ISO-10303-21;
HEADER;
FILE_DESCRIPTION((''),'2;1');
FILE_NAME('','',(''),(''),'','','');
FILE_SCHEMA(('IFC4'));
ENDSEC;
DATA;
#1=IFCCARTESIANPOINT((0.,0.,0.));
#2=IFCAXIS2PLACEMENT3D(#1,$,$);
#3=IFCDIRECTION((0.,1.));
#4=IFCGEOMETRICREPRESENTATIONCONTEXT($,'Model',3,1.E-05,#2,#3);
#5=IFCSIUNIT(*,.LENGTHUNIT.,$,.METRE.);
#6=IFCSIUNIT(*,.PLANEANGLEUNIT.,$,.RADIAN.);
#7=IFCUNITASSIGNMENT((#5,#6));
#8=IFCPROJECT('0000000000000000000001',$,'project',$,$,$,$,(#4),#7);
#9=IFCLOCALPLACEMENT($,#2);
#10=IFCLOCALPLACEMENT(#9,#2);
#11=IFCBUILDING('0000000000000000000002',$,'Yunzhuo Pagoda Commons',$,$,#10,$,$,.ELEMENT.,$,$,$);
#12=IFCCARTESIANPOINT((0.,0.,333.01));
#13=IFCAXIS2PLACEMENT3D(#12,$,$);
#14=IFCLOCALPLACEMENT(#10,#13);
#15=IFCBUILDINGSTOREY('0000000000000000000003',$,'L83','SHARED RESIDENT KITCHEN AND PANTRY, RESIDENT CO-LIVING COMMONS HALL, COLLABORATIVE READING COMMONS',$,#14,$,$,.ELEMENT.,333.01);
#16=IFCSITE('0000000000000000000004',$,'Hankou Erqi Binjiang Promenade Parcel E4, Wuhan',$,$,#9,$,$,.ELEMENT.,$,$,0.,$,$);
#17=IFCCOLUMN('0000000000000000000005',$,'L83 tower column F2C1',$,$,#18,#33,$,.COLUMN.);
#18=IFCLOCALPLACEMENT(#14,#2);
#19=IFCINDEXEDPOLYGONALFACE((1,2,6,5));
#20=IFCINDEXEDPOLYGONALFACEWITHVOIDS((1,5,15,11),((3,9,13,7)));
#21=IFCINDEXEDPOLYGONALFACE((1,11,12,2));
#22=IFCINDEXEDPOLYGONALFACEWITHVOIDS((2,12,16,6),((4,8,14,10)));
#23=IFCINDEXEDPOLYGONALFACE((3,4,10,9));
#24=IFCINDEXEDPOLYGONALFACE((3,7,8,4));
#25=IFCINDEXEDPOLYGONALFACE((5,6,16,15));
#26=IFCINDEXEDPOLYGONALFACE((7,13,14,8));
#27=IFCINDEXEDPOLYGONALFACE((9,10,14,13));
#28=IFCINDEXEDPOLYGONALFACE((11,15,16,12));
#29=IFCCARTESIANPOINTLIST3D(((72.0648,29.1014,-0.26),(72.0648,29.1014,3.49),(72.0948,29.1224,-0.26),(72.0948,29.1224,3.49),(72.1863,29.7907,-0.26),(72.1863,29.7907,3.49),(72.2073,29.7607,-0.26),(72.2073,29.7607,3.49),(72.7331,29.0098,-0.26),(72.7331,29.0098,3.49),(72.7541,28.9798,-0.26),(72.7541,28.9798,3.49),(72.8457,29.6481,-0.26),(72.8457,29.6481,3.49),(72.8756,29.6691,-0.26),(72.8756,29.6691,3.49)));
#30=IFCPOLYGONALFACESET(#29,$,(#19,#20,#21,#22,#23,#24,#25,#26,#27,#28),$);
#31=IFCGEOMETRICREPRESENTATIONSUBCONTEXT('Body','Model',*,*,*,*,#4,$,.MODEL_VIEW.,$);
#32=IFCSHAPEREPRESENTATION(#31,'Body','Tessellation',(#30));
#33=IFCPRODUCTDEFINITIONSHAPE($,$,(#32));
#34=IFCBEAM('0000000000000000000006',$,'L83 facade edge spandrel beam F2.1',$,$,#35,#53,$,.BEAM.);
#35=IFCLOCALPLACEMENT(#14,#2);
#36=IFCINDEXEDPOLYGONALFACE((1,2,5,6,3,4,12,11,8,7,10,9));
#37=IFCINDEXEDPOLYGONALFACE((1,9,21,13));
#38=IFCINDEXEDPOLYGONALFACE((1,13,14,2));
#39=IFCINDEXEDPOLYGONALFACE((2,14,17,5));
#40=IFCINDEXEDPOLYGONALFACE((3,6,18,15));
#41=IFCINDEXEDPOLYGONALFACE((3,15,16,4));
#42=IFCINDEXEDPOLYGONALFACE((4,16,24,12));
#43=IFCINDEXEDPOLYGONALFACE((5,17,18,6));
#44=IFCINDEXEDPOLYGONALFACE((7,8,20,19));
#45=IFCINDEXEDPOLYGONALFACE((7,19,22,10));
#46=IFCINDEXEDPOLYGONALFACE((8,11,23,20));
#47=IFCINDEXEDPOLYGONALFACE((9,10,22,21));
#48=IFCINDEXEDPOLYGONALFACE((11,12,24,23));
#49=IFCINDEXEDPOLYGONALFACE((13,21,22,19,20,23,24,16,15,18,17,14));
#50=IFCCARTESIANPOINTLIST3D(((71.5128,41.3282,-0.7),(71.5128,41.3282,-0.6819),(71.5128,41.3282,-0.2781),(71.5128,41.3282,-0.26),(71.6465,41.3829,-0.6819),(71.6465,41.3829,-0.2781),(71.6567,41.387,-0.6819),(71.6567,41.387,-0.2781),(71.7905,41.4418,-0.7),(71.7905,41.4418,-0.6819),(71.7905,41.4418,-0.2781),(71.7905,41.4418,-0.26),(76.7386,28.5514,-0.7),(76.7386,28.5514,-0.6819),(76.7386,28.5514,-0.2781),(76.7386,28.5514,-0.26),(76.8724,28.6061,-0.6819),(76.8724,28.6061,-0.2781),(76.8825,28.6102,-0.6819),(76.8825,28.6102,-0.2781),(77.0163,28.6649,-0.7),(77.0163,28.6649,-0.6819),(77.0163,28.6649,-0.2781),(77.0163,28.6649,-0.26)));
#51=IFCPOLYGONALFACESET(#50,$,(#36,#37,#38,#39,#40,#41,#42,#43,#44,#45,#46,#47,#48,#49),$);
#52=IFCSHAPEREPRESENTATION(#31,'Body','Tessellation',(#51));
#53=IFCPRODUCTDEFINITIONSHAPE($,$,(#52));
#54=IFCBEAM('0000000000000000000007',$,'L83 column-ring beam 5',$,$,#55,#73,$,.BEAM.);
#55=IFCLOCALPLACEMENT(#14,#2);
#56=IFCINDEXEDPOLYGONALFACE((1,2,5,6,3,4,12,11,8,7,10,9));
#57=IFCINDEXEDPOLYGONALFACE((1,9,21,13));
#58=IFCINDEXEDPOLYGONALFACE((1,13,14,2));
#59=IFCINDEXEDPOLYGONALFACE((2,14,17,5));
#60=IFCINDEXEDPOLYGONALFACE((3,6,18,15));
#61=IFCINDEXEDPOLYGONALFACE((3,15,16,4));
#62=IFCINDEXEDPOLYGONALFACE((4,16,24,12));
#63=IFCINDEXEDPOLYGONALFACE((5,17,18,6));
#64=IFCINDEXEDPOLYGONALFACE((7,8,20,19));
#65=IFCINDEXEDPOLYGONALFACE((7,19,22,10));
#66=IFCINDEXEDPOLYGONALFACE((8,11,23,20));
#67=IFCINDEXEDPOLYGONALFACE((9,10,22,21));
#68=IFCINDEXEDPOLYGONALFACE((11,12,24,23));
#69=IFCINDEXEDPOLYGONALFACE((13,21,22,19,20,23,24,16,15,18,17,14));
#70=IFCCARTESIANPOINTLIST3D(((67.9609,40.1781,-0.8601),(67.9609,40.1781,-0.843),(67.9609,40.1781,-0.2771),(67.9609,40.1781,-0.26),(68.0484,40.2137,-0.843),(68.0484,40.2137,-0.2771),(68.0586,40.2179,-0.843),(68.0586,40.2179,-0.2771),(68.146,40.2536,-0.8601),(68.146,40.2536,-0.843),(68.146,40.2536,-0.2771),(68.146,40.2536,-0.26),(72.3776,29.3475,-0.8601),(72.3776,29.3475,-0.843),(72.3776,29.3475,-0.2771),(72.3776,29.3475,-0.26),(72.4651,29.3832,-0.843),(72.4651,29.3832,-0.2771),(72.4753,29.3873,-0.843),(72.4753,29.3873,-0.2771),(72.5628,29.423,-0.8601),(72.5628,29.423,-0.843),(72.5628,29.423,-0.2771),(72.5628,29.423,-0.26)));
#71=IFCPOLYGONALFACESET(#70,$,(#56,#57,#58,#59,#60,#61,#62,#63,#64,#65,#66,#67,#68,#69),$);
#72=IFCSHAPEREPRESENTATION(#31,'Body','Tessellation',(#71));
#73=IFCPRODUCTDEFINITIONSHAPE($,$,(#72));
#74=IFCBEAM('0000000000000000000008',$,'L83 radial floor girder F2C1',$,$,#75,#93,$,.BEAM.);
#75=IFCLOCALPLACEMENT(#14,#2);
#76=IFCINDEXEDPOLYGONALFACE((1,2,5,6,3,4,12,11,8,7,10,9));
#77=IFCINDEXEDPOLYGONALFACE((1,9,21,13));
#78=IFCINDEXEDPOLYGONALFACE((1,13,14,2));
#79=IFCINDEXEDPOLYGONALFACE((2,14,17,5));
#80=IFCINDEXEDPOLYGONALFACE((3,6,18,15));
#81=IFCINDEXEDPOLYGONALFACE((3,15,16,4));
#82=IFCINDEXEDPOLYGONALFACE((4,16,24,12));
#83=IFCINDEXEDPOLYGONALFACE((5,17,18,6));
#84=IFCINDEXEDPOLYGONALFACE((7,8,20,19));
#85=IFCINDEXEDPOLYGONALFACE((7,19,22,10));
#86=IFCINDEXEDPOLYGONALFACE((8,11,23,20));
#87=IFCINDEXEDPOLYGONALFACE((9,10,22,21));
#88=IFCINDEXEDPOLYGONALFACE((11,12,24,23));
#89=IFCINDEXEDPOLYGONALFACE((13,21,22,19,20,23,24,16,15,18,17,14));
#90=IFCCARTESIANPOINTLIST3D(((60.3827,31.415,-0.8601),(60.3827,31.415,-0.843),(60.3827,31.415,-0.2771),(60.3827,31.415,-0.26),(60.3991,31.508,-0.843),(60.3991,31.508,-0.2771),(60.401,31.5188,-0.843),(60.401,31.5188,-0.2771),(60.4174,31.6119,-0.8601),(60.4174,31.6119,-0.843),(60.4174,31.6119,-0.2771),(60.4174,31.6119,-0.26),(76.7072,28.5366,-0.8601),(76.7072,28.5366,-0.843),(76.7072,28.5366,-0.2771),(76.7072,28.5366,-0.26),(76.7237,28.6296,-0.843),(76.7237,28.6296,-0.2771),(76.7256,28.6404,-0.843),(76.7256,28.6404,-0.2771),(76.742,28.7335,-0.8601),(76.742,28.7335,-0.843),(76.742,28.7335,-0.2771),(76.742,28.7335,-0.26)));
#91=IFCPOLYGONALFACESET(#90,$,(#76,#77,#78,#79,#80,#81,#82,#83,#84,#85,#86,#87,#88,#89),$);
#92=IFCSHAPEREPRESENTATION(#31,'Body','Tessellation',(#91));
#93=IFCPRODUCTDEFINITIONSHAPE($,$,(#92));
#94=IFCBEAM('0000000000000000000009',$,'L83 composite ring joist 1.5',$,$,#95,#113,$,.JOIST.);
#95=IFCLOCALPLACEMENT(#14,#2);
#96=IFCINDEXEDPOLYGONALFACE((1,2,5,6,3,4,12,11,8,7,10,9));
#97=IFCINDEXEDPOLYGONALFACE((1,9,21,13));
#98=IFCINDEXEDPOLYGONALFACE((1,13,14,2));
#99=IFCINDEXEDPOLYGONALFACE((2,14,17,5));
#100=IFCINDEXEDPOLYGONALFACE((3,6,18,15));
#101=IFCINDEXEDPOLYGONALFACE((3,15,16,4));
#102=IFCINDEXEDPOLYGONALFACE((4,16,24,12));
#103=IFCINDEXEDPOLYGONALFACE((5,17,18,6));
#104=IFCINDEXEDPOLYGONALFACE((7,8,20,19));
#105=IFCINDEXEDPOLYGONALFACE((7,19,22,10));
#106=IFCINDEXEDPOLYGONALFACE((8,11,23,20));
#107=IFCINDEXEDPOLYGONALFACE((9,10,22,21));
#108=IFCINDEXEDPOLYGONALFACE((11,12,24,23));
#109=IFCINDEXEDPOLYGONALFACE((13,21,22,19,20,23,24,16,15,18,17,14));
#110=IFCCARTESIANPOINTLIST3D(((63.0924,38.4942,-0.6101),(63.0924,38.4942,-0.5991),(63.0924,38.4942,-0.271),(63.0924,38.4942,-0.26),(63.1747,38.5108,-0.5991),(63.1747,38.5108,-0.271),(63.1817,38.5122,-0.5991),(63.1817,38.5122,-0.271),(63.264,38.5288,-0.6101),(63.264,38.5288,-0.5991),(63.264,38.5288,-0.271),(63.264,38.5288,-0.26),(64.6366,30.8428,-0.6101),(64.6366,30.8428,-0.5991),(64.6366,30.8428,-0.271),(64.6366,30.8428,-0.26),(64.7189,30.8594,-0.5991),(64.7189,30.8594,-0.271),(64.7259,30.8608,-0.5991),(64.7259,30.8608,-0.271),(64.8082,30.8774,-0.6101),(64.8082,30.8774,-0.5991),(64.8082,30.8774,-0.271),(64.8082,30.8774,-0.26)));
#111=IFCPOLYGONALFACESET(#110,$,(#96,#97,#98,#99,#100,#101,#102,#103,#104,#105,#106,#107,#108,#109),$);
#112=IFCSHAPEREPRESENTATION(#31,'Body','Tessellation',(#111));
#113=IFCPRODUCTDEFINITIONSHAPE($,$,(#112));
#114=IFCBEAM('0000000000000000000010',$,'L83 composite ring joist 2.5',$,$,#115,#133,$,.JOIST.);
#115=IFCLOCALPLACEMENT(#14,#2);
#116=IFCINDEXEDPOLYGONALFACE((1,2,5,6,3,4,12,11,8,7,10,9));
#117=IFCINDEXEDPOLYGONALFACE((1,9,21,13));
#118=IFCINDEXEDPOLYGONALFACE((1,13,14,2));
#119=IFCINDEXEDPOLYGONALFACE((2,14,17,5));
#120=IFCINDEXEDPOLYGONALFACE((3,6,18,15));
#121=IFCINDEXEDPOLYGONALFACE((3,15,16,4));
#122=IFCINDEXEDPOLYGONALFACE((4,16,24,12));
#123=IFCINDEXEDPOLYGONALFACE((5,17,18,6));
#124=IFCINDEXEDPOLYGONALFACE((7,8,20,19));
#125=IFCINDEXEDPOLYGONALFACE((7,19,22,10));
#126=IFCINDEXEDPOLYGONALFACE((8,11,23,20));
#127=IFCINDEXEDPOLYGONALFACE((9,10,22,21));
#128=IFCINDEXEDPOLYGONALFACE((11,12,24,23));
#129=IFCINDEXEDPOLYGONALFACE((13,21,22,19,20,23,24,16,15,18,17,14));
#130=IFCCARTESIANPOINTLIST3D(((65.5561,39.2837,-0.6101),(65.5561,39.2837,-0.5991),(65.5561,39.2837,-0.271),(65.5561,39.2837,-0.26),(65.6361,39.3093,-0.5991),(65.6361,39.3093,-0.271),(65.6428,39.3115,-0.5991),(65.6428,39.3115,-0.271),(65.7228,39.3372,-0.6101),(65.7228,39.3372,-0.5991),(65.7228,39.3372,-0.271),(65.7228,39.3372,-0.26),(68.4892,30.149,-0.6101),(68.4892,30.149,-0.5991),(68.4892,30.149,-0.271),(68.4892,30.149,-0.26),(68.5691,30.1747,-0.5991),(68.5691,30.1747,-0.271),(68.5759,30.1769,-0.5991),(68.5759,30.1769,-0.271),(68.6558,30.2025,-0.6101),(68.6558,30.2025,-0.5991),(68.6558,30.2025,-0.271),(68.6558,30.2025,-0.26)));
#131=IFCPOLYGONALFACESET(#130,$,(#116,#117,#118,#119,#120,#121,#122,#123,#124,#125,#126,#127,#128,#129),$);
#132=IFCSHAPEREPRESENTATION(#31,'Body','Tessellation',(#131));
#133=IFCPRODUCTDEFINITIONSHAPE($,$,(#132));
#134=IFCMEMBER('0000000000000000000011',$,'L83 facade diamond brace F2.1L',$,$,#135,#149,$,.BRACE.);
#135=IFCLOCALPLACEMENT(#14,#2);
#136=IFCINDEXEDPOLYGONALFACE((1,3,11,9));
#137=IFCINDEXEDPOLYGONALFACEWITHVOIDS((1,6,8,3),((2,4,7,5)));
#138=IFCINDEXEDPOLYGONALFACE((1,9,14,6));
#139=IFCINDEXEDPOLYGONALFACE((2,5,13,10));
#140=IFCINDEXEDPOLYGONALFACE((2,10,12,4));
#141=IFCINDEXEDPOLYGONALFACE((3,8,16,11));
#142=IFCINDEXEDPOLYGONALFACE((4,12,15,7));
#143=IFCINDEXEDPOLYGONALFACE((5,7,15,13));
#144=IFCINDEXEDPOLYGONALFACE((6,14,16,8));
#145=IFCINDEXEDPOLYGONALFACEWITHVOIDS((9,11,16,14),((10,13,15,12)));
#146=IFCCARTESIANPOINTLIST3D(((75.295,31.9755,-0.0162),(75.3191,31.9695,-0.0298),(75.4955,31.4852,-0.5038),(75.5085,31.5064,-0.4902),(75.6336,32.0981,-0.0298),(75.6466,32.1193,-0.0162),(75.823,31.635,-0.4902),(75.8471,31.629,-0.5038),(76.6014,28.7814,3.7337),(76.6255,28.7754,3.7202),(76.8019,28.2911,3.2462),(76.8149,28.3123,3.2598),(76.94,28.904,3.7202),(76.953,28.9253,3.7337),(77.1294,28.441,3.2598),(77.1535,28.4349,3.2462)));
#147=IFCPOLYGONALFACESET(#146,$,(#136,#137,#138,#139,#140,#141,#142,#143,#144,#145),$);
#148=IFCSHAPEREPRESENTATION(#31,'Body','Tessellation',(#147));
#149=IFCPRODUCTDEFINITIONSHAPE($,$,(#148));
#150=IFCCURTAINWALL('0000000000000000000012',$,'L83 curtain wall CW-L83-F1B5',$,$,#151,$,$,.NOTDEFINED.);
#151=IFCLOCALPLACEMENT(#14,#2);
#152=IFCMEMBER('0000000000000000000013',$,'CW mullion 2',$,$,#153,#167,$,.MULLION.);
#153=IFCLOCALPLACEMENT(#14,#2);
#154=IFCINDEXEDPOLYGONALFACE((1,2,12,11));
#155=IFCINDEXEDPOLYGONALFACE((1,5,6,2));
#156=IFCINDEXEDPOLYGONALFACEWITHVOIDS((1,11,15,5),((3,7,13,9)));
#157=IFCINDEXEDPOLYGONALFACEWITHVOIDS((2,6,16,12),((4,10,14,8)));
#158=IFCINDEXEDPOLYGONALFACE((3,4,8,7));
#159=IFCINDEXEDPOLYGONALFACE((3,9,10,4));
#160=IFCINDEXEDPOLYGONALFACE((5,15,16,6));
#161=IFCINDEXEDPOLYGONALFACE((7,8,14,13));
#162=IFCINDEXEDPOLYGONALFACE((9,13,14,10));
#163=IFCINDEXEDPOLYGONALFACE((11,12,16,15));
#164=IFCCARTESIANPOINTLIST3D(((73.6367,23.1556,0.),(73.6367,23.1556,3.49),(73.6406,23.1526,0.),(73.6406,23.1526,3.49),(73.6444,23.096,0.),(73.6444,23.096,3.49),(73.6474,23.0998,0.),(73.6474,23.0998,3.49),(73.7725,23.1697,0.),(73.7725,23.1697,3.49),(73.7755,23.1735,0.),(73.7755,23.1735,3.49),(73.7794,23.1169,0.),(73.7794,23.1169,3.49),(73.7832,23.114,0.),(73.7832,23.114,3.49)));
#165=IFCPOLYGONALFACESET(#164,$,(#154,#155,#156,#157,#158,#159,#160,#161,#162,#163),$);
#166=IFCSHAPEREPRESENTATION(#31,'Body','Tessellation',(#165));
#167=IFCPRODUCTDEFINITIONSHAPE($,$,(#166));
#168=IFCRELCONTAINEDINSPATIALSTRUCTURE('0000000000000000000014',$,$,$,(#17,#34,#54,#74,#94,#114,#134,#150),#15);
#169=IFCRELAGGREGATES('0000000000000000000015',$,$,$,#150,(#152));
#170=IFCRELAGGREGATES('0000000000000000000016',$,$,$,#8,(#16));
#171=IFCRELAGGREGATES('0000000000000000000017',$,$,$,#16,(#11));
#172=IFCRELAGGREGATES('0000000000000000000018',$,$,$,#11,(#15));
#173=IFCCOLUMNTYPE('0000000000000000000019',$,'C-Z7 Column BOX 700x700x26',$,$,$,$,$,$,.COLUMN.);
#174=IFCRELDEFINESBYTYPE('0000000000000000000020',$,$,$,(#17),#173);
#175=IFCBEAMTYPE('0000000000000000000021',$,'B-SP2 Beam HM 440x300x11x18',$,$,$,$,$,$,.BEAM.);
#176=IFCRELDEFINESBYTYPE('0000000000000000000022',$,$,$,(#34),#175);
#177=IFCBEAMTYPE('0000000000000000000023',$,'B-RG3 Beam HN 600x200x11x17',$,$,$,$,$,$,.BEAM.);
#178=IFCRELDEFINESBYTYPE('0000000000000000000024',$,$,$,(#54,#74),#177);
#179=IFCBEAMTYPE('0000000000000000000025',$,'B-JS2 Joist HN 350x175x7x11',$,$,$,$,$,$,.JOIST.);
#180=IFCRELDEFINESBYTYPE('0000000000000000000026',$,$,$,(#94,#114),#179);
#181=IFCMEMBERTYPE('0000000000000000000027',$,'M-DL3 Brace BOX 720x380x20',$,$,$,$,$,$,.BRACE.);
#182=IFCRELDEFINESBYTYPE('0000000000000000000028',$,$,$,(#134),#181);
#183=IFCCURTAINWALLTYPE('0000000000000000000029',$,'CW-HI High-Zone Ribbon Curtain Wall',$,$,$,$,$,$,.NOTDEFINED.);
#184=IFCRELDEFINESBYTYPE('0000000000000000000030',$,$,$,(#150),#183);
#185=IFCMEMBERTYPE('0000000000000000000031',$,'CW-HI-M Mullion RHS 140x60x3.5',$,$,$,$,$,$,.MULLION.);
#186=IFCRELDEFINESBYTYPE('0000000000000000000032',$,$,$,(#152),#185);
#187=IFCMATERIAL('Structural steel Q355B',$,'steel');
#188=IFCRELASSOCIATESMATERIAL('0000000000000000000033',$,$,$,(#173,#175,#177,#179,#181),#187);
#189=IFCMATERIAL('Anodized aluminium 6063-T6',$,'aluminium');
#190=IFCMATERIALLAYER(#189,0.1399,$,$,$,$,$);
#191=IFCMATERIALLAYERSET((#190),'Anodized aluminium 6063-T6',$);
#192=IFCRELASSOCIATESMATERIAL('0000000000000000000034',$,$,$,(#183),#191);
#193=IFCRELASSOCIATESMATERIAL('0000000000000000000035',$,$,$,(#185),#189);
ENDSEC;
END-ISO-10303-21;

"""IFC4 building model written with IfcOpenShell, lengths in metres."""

from ifc_helpers import new_model, si_unit, direction, frame, origin, origin_2d, place, context, subcontext, project, spatial, hollow_rectangle, i_section, extrude, source, transform, mapped, material, layer, layer_set, material_profile, profile_set, type_object, element, aggregate, save


model = new_model("IFC4")

# Units and contexts
model_context = context("Model", 3, precision=1e-05, world=origin(), true_north=direction((0.0, 1.0)))
body_context = subcontext(model_context, "Body", "Model", "MODEL_VIEW")
ifc_project = project(units=[si_unit("LENGTHUNIT", "METRE"), si_unit("PLANEANGLEUNIT", "RADIAN")], contexts=[model_context])

# Site, building, storey
site_placement = place(None, origin())
site = spatial("IfcSite", under=ifc_project, at=site_placement, Name="Hankou Erqi Binjiang Promenade Parcel E4, Wuhan", CompositionType="ELEMENT", RefElevation=0.0)
building_placement = place(site_placement, origin())
building = spatial("IfcBuilding", under=site, at=building_placement, Name="Yunzhuo Pagoda Commons", CompositionType="ELEMENT")
storey_placement = place(building_placement, frame((0.0, 0.0, 333.01)))
storey = spatial("IfcBuildingStorey", under=building, at=storey_placement, Name="L83", Description="SHARED RESIDENT KITCHEN AND PANTRY, RESIDENT CO-LIVING COMMONS HALL, COLLABORATIVE READING COMMONS", CompositionType="ELEMENT", Elevation=333.01)

# Column
ifc_material_1 = material(Name="Structural steel Q355B", Category="steel")
ifc_material_profile_1 = material_profile(ifc_material_1, hollow_rectangle(XDim=0.7, YDim=0.7, WallThickness=0.0259, at=origin_2d()), Name="Structural steel Q355B")
ifc_profile_set_1 = profile_set([ifc_material_profile_1], Name="Structural steel Q355B")
column_type = type_object("IfcColumnType", Name="C-Z7 Column BOX 700x700x26", PredefinedType="COLUMN", material=ifc_profile_set_1)
shared_shape_1 = source(origin(), body_context, "Body", "SweptSolid", [
    extrude(hollow_rectangle(XDim=0.7, YDim=0.7, WallThickness=0.0259, at=origin_2d()), origin(), (0.0, 0.0, 1.0), 3.75),
])
column_placement = place(storey_placement, frame((72.4702, 29.3853, -0.26), z_axis=(0.0, 0.0, 1.0), x_axis=(0.173648, 0.984808, 0.0)))
element("IfcColumn", 1, at=column_placement, inside=storey, type_object=column_type, Name="L83 tower column F2C1", PredefinedType="COLUMN", context=body_context, shape_type="MappedRepresentation", body=[
    mapped(shared_shape_1, transform((0.0, 0.0, 0.0), scale=1.0)),
])

# Beams
ifc_material_profile_2 = material_profile(ifc_material_1, i_section(OverallWidth=0.3, OverallDepth=0.4399, WebThickness=0.011, FlangeThickness=0.0181, at=origin_2d()), Name="Structural steel Q355B")
ifc_profile_set_2 = profile_set([ifc_material_profile_2], Name="Structural steel Q355B")
beam_type_1 = type_object("IfcBeamType", Name="B-SP2 Beam HM 440x300x11x18", PredefinedType="BEAM", material=ifc_profile_set_2)
shared_shape_2 = source(origin(), body_context, "Body", "SweptSolid", [
    extrude(i_section(OverallWidth=0.3, OverallDepth=0.4399, WebThickness=0.011, FlangeThickness=0.0181, at=origin_2d()), origin(), (0.0, 0.0, 1.0), 13.8042),
])
beam_1_placement = place(storey_placement, frame((76.8774, 28.6082, -0.48), z_axis=(-0.378567, 0.925574, 0.0), x_axis=(-0.925574, -0.378567, 0.0)))
element("IfcBeam", 2, at=beam_1_placement, inside=storey, type_object=beam_type_1, Name="L83 facade edge spandrel beam F2.1", PredefinedType="BEAM", context=body_context, shape_type="MappedRepresentation", body=[
    mapped(shared_shape_2, transform((0.0, 0.0, 0.0), scale=1.0)),
])
ifc_material_profile_3 = material_profile(ifc_material_1, i_section(OverallWidth=0.2, OverallDepth=0.6001, WebThickness=0.011, FlangeThickness=0.0171, at=origin_2d()), Name="Structural steel Q355B")
ifc_profile_set_3 = profile_set([ifc_material_profile_3], Name="Structural steel Q355B")
beam_type_2 = type_object("IfcBeamType", Name="B-RG3 Beam HN 600x200x11x17", PredefinedType="BEAM", material=ifc_profile_set_3)
shared_shape_3 = source(origin(), body_context, "Body", "SweptSolid", [
    extrude(i_section(OverallWidth=0.2, OverallDepth=0.6001, WebThickness=0.011, FlangeThickness=0.0171, at=origin_2d()), origin(), (0.0, 0.0, 1.0), 11.6965),
])
beam_2_placement = place(storey_placement, frame((72.4702, 29.3853, -0.5601), z_axis=(-0.377612, 0.925964, 0.0), x_axis=(-0.925964, -0.377612, 0.0)))
element("IfcBeam", 3, at=beam_2_placement, inside=storey, type_object=beam_type_2, Name="L83 column-ring beam 5", PredefinedType="BEAM", context=body_context, shape_type="MappedRepresentation", body=[
    mapped(shared_shape_3, transform((0.0, 0.0, 0.0), scale=1.0)),
])
shared_shape_4 = source(origin(), body_context, "Body", "SweptSolid", [
    extrude(i_section(OverallWidth=0.2, OverallDepth=0.6001, WebThickness=0.011, FlangeThickness=0.0171, at=origin_2d()), origin(), (0.0, 0.0, 1.0), 16.5764),
])
beam_3_placement = place(storey_placement, frame((76.7246, 28.635, -0.5601), z_axis=(-0.984808, 0.173644, 0.0), x_axis=(-0.173644, -0.984808, 0.0)))
element("IfcBeam", 4, at=beam_3_placement, inside=storey, type_object=beam_type_2, Name="L83 radial floor girder F2C1", PredefinedType="BEAM", context=body_context, shape_type="MappedRepresentation", body=[
    mapped(shared_shape_4, transform((0.0, 0.0, 0.0), scale=1.0)),
])
ifc_material_profile_4 = material_profile(ifc_material_1, i_section(OverallWidth=0.175, OverallDepth=0.3501, WebThickness=0.0071, FlangeThickness=0.011, at=origin_2d()), Name="Structural steel Q355B")
ifc_profile_set_4 = profile_set([ifc_material_profile_4], Name="Structural steel Q355B")
beam_type_3 = type_object("IfcBeamType", Name="B-JS2 Joist HN 350x175x7x11", PredefinedType="JOIST", material=ifc_profile_set_4)
shared_shape_5 = source(origin(), body_context, "Body", "SweptSolid", [
    extrude(i_section(OverallWidth=0.175, OverallDepth=0.3501, WebThickness=0.0071, FlangeThickness=0.011, at=origin_2d()), origin(), (0.0, 0.0, 1.0), 7.8057),
])
beam_4_placement = place(storey_placement, frame((64.7224, 30.8601, -0.4351), z_axis=(-0.19783, 0.980236, 0.0), x_axis=(-0.980236, -0.19783, 0.0)))
element("IfcBeam", 5, at=beam_4_placement, inside=storey, type_object=beam_type_3, Name="L83 composite ring joist 1.5", PredefinedType="JOIST", context=body_context, shape_type="MappedRepresentation", body=[
    mapped(shared_shape_5, transform((0.0, 0.0, 0.0), scale=1.0)),
])
shared_shape_6 = source(origin(), body_context, "Body", "SweptSolid", [
    extrude(i_section(OverallWidth=0.175, OverallDepth=0.3501, WebThickness=0.0071, FlangeThickness=0.011, at=origin_2d()), origin(), (0.0, 0.0, 1.0), 9.594),
])
beam_5_placement = place(storey_placement, frame((68.5725, 30.1758, -0.4351), z_axis=(-0.305719, 0.952122, 0.0), x_axis=(-0.952122, -0.305719, 0.0)))
element("IfcBeam", 6, at=beam_5_placement, inside=storey, type_object=beam_type_3, Name="L83 composite ring joist 2.5", PredefinedType="JOIST", context=body_context, shape_type="MappedRepresentation", body=[
    mapped(shared_shape_6, transform((0.0, 0.0, 0.0), scale=1.0)),
])

# Member
ifc_material_profile_5 = material_profile(ifc_material_1, hollow_rectangle(XDim=0.3799, YDim=0.72, WallThickness=0.02, at=origin_2d()), Name="Structural steel Q355B")
ifc_profile_set_5 = profile_set([ifc_material_profile_5], Name="Structural steel Q355B")
member_type_1 = type_object("IfcMemberType", Name="M-DL3 Brace BOX 720x380x20", PredefinedType="BRACE", material=ifc_profile_set_5)
shared_shape_7 = source(origin(), body_context, "Body", "SweptSolid", [
    extrude(hollow_rectangle(XDim=0.3799, YDim=0.72, WallThickness=0.02, at=origin_2d()), origin(), (0.0, 0.0, 1.0), 5.0962),
])
member_1_placement = place(storey_placement, frame((75.571, 31.8022, -0.26), z_axis=(0.256346, -0.626758, 0.73584), x_axis=(0.925575, 0.378564, 0.0)))
element("IfcMember", 7, at=member_1_placement, inside=storey, type_object=member_type_1, Name="L83 facade diamond brace F2.1L", PredefinedType="BRACE", context=body_context, shape_type="MappedRepresentation", body=[
    mapped(shared_shape_7, transform((0.0, 0.0, 0.0), scale=1.0)),
])

# Curtain wall, member
ifc_material_2 = material(Name="Anodized aluminium 6063-T6", Category="aluminium")
ifc_layer_1 = layer(ifc_material_2, 0.1399)
ifc_layer_set_1 = layer_set([ifc_layer_1], Name="Anodized aluminium 6063-T6")
curtain_wall_type = type_object("IfcCurtainWallType", Name="CW-HI High-Zone Ribbon Curtain Wall", PredefinedType="NOTDEFINED", material=ifc_layer_set_1)
curtain_wall_1_placement = place(storey_placement, origin())
curtain_wall_1 = element("IfcCurtainWall", 8, at=curtain_wall_1_placement, inside=storey, type_object=curtain_wall_type, Name="L83 curtain wall CW-L83-F1B5", PredefinedType="NOTDEFINED")
ifc_material_profile_6 = material_profile(ifc_material_2, hollow_rectangle(XDim=0.0601, YDim=0.1399, WallThickness=0.0034, at=origin_2d()), Name="Anodized aluminium 6063-T6")
ifc_profile_set_6 = profile_set([ifc_material_profile_6], Name="Anodized aluminium 6063-T6")
member_type_2 = type_object("IfcMemberType", Name="CW-HI-M Mullion RHS 140x60x3.5", PredefinedType="MULLION", material=ifc_profile_set_6)
shared_shape_8 = source(origin(), body_context, "Body", "SweptSolid", [
    extrude(hollow_rectangle(XDim=0.0601, YDim=0.1399, WallThickness=0.0034, at=origin_2d()), origin(), (0.0, 0.0, 1.0), 3.49),
])
member_2_placement = place(storey_placement, frame((73.71, 23.1348, 0.0), z_axis=(0.0, 0.0, 1.0), x_axis=(-0.128276, 0.991739, 0.0)))
member_2 = element("IfcMember", 9, at=member_2_placement, type_object=member_type_2, Name="CW mullion 2", PredefinedType="MULLION", context=body_context, shape_type="MappedRepresentation", body=[
    mapped(shared_shape_8, transform((0.0, 0.0, 0.0), scale=1.0)),
])

aggregate(curtain_wall_1, [member_2])

save(model, "model.ifc")
